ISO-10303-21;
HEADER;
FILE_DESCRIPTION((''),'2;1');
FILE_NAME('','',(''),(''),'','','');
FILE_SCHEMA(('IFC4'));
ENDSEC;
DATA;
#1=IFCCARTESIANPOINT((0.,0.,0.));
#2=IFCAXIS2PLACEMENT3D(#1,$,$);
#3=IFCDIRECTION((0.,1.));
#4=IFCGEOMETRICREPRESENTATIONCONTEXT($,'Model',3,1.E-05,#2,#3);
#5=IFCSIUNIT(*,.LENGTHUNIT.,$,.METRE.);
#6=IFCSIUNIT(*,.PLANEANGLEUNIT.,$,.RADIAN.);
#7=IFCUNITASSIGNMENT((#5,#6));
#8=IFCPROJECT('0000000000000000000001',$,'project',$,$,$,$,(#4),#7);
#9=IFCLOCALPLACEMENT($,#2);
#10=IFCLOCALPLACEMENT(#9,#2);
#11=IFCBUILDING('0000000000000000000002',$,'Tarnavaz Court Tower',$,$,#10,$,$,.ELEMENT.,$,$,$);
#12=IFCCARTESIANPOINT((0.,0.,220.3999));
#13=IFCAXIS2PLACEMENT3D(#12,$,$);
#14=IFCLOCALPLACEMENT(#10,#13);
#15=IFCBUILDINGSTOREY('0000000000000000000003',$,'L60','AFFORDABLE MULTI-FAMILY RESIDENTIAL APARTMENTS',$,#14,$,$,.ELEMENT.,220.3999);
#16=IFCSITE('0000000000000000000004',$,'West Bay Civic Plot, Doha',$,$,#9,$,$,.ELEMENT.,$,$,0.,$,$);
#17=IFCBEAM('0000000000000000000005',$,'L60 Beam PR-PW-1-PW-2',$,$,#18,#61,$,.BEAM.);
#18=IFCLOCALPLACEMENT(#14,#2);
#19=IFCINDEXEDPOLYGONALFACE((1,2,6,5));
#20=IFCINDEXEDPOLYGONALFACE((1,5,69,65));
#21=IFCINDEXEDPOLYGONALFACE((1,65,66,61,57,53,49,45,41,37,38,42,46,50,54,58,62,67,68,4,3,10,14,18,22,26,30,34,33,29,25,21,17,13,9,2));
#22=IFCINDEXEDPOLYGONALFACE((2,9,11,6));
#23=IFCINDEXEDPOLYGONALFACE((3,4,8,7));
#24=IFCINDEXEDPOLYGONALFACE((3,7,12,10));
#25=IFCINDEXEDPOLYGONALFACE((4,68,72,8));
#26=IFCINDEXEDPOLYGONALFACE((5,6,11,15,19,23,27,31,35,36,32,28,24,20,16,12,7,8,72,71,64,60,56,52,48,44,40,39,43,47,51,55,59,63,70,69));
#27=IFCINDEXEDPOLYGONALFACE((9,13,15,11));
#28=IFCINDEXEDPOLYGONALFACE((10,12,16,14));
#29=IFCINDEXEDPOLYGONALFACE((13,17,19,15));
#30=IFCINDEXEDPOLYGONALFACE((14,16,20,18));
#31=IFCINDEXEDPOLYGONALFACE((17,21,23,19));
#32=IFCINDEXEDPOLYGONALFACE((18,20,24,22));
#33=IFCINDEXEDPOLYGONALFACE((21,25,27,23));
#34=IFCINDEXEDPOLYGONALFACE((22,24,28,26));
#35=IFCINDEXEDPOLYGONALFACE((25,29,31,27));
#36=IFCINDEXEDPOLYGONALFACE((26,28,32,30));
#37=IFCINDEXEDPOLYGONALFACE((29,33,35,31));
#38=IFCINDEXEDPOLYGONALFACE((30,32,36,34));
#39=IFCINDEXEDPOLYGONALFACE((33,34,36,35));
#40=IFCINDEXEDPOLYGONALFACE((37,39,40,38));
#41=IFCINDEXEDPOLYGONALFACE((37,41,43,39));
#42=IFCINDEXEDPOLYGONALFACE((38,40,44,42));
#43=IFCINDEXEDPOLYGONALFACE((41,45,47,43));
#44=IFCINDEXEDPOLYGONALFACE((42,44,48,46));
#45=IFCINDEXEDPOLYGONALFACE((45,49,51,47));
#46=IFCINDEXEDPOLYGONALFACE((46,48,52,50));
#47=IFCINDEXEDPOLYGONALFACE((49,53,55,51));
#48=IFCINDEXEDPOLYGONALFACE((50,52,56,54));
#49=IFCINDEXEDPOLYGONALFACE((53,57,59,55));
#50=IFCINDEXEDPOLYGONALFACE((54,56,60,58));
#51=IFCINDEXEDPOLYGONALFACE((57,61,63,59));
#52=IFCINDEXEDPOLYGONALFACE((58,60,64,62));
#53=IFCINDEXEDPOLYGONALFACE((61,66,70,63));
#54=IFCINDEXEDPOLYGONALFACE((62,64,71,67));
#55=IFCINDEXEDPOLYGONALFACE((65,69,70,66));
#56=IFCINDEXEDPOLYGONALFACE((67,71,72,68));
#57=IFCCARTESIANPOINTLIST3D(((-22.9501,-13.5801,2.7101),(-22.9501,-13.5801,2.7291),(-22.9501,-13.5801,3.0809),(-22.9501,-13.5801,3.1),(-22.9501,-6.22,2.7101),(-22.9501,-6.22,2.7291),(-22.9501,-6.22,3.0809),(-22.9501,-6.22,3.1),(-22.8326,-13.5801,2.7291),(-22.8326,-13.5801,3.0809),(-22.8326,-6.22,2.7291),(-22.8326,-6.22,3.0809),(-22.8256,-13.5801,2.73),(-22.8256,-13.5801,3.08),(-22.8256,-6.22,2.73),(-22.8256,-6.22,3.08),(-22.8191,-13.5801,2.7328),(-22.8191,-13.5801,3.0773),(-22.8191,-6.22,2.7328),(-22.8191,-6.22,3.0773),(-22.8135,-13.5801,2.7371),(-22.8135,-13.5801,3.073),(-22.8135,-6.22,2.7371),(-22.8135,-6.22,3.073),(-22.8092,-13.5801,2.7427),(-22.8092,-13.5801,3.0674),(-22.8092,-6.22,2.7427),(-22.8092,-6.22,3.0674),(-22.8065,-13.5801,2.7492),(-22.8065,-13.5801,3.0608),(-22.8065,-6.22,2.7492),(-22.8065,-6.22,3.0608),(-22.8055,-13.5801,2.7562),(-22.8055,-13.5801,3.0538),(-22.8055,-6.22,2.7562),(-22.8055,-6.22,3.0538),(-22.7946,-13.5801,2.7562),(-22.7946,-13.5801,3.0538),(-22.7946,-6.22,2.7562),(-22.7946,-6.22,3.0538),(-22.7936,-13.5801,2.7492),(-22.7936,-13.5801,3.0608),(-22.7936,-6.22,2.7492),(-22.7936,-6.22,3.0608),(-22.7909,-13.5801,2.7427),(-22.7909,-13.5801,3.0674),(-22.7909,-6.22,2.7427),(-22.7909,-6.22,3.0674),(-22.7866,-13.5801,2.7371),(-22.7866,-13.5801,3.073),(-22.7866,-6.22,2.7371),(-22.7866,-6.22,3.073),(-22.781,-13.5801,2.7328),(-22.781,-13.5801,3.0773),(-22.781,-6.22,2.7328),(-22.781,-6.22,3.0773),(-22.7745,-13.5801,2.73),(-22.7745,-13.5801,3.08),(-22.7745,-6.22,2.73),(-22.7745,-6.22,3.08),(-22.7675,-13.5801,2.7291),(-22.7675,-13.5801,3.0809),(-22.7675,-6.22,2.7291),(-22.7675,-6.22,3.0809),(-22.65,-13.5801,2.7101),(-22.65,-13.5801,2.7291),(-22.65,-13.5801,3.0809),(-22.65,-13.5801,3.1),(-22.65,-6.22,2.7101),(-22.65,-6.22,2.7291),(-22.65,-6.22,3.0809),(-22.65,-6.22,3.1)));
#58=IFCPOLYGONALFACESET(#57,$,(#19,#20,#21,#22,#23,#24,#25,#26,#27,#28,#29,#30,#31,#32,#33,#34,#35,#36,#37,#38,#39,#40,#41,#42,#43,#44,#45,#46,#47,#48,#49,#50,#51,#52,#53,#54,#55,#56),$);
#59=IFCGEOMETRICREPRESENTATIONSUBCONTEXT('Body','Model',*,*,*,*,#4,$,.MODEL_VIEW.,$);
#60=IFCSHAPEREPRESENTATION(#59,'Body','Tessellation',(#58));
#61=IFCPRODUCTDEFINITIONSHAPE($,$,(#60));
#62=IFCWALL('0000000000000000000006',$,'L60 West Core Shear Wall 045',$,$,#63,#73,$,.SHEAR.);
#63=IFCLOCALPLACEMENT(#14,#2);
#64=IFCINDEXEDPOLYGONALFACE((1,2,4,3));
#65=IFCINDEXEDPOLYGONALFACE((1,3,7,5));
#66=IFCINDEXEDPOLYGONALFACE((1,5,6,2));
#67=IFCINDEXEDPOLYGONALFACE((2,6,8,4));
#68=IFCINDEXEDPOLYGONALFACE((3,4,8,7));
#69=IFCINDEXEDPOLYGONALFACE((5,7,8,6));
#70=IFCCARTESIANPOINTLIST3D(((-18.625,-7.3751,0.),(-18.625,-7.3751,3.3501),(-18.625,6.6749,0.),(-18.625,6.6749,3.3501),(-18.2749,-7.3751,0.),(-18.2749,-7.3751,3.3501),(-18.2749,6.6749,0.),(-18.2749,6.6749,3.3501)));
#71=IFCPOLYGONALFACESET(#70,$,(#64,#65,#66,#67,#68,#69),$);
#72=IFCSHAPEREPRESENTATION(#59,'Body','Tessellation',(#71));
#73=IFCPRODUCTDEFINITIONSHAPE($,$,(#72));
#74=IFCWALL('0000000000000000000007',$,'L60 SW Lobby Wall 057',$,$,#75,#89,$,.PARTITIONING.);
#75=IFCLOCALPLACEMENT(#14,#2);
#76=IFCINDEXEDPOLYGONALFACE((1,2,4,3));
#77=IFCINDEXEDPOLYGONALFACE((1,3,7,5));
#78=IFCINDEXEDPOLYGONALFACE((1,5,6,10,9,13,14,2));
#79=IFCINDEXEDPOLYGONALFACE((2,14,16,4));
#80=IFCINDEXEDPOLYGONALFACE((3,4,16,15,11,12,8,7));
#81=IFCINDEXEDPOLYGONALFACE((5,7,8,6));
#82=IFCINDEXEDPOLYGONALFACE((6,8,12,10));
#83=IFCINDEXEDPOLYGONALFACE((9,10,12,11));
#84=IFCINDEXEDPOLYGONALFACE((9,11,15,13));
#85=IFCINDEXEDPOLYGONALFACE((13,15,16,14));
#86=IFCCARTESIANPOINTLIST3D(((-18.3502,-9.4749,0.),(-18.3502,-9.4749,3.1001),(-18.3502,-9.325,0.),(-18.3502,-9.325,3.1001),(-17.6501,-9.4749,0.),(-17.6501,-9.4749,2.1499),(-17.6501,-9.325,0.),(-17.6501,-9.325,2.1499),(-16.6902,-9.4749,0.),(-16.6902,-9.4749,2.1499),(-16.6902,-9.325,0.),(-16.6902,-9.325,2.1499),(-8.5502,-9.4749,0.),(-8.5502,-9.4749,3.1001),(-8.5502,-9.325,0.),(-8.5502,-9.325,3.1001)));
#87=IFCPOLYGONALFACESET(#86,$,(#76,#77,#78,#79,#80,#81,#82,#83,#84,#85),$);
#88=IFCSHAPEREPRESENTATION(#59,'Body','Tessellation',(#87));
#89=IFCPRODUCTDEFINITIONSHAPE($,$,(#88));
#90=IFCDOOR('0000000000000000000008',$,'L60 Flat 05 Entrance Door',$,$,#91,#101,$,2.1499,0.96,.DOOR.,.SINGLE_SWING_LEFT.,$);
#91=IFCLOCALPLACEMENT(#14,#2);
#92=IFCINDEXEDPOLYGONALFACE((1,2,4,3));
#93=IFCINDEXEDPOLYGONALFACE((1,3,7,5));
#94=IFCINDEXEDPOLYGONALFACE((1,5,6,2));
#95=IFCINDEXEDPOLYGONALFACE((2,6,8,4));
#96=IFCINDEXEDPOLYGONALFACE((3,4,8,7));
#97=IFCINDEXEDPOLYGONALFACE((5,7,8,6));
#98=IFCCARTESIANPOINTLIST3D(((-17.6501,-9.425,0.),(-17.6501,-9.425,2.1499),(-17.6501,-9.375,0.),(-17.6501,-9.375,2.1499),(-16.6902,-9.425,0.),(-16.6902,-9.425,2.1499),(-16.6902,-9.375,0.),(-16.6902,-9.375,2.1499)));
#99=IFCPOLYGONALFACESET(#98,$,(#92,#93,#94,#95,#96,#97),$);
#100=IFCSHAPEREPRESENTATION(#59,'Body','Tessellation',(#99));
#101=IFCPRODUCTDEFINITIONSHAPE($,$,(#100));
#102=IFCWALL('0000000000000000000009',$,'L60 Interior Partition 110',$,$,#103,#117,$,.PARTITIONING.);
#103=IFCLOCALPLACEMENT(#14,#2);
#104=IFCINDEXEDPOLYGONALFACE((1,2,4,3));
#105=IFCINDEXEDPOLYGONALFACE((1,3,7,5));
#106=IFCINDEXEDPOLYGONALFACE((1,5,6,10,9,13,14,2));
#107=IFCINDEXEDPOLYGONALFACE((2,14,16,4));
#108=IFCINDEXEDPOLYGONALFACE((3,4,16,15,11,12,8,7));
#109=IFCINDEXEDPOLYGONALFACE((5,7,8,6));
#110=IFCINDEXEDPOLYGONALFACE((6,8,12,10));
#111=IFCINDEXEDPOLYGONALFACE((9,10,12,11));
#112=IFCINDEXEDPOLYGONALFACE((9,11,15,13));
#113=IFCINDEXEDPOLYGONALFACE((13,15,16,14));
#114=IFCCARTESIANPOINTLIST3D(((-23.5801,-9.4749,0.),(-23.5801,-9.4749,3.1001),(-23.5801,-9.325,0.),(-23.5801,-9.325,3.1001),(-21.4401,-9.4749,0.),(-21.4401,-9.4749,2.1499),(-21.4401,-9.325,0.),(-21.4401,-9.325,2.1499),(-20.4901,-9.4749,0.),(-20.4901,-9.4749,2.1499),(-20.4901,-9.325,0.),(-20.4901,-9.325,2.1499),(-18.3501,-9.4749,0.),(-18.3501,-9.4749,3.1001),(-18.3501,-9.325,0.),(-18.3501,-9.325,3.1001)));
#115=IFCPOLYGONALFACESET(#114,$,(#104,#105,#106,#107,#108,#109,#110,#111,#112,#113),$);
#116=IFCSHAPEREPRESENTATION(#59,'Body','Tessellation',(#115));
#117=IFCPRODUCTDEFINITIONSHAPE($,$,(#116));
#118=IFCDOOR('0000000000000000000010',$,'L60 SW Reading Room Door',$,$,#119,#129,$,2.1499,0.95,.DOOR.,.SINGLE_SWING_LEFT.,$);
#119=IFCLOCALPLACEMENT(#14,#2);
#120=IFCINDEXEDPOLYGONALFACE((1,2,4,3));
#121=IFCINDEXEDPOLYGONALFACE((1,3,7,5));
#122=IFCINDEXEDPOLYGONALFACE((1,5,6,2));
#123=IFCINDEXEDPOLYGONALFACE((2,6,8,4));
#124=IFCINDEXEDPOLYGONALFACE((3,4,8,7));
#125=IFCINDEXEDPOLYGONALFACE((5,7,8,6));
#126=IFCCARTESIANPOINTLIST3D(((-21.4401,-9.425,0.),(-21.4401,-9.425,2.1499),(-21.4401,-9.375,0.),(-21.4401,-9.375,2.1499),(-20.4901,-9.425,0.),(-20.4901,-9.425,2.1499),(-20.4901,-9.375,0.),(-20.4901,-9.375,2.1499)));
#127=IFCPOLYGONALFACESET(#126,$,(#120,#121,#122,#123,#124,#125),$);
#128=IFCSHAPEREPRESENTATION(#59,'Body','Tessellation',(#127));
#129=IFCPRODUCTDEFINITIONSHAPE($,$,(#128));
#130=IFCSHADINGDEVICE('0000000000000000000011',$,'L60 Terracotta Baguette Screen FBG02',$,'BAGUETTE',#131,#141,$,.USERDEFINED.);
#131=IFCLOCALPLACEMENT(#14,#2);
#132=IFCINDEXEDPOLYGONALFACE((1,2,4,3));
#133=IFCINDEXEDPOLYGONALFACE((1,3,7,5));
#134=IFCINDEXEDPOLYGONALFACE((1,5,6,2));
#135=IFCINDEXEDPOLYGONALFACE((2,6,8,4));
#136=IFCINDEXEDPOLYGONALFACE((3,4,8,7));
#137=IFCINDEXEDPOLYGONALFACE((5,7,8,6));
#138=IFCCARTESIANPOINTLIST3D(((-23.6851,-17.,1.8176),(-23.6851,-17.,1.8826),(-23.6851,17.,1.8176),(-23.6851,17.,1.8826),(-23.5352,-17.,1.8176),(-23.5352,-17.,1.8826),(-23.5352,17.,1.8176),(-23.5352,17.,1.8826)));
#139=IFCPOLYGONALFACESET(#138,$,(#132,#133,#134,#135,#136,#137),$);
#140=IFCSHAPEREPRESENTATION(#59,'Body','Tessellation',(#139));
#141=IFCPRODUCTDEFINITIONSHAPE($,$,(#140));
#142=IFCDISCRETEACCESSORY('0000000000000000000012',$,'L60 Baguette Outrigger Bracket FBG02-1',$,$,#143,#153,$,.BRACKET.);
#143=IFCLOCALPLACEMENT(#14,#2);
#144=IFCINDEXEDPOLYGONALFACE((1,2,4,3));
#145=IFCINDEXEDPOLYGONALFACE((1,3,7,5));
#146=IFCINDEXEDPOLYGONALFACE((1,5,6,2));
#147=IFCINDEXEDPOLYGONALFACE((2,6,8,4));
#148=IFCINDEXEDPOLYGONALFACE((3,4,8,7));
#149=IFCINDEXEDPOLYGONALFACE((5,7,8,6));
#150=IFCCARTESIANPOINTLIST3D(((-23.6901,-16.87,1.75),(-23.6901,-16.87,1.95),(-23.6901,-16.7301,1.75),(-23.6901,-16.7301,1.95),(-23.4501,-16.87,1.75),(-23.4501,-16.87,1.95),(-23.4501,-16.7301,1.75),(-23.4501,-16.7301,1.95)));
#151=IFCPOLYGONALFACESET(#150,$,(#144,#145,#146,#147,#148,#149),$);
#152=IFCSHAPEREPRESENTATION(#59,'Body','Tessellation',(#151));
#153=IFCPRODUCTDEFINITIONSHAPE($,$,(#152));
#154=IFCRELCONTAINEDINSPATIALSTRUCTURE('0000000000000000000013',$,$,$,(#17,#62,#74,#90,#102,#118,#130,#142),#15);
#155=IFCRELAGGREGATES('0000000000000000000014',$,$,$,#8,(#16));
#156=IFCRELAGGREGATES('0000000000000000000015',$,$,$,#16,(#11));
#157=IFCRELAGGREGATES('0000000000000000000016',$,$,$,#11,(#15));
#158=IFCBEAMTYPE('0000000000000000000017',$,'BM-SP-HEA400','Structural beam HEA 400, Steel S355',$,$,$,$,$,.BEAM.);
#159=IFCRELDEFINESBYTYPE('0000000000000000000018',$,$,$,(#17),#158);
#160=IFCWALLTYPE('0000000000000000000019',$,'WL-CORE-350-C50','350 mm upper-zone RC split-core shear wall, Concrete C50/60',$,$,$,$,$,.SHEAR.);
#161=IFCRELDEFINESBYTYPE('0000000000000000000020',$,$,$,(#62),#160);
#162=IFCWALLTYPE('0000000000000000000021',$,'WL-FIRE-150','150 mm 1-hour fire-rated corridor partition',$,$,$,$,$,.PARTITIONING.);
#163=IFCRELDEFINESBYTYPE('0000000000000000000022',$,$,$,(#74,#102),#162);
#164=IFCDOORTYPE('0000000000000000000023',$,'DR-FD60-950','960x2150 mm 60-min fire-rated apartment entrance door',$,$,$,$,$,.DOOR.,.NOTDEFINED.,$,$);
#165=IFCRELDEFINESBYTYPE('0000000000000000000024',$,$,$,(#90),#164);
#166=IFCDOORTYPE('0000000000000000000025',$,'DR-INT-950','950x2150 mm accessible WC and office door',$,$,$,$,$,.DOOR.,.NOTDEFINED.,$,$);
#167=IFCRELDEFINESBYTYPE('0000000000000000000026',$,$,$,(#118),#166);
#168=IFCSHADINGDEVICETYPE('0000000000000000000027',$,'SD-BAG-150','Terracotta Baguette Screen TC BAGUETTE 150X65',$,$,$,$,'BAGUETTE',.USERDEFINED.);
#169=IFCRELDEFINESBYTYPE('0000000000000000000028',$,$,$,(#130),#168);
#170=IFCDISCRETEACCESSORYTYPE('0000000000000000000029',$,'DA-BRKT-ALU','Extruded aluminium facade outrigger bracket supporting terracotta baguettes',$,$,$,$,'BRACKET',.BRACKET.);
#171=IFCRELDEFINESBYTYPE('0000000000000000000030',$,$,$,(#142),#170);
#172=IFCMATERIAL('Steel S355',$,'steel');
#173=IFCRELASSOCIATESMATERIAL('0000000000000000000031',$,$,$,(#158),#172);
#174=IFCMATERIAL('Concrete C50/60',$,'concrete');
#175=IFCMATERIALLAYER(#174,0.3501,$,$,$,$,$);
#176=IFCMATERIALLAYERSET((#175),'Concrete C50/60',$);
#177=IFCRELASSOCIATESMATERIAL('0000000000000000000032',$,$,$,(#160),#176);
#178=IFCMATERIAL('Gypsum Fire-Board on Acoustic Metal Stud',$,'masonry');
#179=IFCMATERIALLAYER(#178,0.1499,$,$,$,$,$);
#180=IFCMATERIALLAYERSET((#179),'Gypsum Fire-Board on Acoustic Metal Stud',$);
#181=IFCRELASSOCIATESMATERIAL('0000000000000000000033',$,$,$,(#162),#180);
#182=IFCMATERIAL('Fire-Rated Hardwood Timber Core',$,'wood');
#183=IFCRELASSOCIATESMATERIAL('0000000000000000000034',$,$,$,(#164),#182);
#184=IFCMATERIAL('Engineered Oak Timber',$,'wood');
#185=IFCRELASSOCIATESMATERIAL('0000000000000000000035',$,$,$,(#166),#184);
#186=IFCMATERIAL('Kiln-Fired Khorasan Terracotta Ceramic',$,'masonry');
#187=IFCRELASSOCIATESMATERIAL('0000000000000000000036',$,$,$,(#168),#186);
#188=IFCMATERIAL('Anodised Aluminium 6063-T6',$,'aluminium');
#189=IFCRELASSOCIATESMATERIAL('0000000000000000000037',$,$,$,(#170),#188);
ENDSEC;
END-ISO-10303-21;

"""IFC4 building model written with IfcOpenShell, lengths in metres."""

from ifc_helpers import new_model, si_unit, direction, frame, frame_2d, origin, origin_2d, place, context, subcontext, project, spatial, rectangle, i_section, extrude, material, layer, layer_set, material_profile, profile_set, type_object, element, fill, save


model = new_model("IFC4")

# Units and contexts
model_context = context("Model", 3, precision=1e-05, world=origin(), true_north=direction((0.0, 1.0)))
body_context = subcontext(model_context, "Body", "Model", "MODEL_VIEW")
ifc_project = project(units=[si_unit("LENGTHUNIT", "METRE"), si_unit("PLANEANGLEUNIT", "RADIAN")], contexts=[model_context])

# Site, building, storey
site_placement = place(None, origin())
site = spatial("IfcSite", under=ifc_project, at=site_placement, Name="West Bay Civic Plot, Doha", CompositionType="ELEMENT", RefElevation=0.0)
building_placement = place(site_placement, origin())
building = spatial("IfcBuilding", under=site, at=building_placement, Name="Tarnavaz Court Tower", CompositionType="ELEMENT")
storey_placement = place(building_placement, frame((0.0, 0.0, 220.3999)))
storey = spatial("IfcBuildingStorey", under=building, at=storey_placement, Name="L60", Description="AFFORDABLE MULTI-FAMILY RESIDENTIAL APARTMENTS", CompositionType="ELEMENT", Elevation=220.3999)

# Shared definitions
ifc_material_1 = material(Name="Concrete C50/60", Category="concrete")

# Beam
ifc_material_2 = material(Name="Steel S355", Category="steel")
ifc_material_profile_1 = material_profile(ifc_material_2, i_section(OverallWidth=0.3, OverallDepth=0.3899, WebThickness=0.011, FlangeThickness=0.019, FilletRadius=0.0271, at=origin_2d()), Name="HEA 400")
ifc_profile_set_1 = profile_set([ifc_material_profile_1], Name="Steel S355")
beam_type_1 = type_object("IfcBeamType", Name="BM-SP-HEA400", Description="Structural beam HEA 400, Steel S355", PredefinedType="BEAM", material=ifc_profile_set_1)
beam_1_placement = place(storey_placement, frame((-22.8, -13.5801, 2.905), z_axis=(0.0, 1.0, 0.0), x_axis=(-1.0, 0.0, 0.0)))
element("IfcBeam", 1, at=beam_1_placement, inside=storey, type_object=beam_type_1, Name="L60 Beam PR-PW-1-PW-2", PredefinedType="BEAM", context=body_context, shape_type="SweptSolid", body=[
    extrude(i_section(OverallWidth=0.3, OverallDepth=0.3899, WebThickness=0.011, FlangeThickness=0.019, FilletRadius=0.0271, at=origin_2d()), origin(), (0.0, 0.0, 1.0), 7.3601),
])

# Wall
ifc_layer_1 = layer(ifc_material_1, 0.3501)
ifc_layer_set_1 = layer_set([ifc_layer_1], Name="Concrete C50/60")
wall_type_1 = type_object("IfcWallType", Name="WL-CORE-350-C50", Description="350 mm upper-zone RC split-core shear wall, Concrete C50/60", PredefinedType="SHEAR", material=ifc_layer_set_1)
wall_1_placement = place(storey_placement, frame((-18.45, -7.375, 0.0), z_axis=(0.0, 0.0, 1.0), x_axis=(0.0, 1.0, 0.0)))
element("IfcWall", 2, at=wall_1_placement, inside=storey, type_object=wall_type_1, Name="L60 West Core Shear Wall 045", PredefinedType="SHEAR", context=body_context, shape_type="SweptSolid", body=[
    extrude(rectangle(XDim=14.05, YDim=0.3501, at=frame_2d((7.0249, 0.0))), origin(), (0.0, 0.0, 1.0), 3.3501),
])

# Walls, openings, doors
ifc_material_3 = material(Name="Gypsum Fire-Board on Acoustic Metal Stud", Category="masonry")
ifc_layer_2 = layer(ifc_material_3, 0.1499)
ifc_layer_set_2 = layer_set([ifc_layer_2], Name="Gypsum Fire-Board on Acoustic Metal Stud")
wall_type_2 = type_object("IfcWallType", Name="WL-FIRE-150", Description="150 mm 1-hour fire-rated corridor partition", PredefinedType="PARTITIONING", material=ifc_layer_set_2)
wall_2_placement = place(storey_placement, frame((-18.3501, -9.3999, 0.0), z_axis=(0.0, 0.0, 1.0), x_axis=(1.0, 0.0, 0.0)))
wall_2 = element("IfcWall", 3, at=wall_2_placement, inside=storey, type_object=wall_type_2, Name="L60 SW Lobby Wall 057", PredefinedType="PARTITIONING", context=body_context, shape_type="SweptSolid", body=[
    extrude(rectangle(XDim=9.8, YDim=0.1499, at=frame_2d((4.8999, 0.0))), origin(), (0.0, 0.0, 1.0), 3.1001),
])
opening_1_placement = place(wall_2_placement, frame((0.7, 0.0, 0.0)))
opening_1 = element("IfcOpeningElement", 4, at=opening_1_placement, cuts=wall_2, PredefinedType="OPENING", context=body_context, shape_type="SweptSolid", body=[
    extrude(rectangle(XDim=0.96, YDim=2.1499, at=frame_2d((0.48, 1.075))), frame((0.0, 0.085, 0.0), z_axis=(0.0, -1.0, 0.0), x_axis=(1.0, 0.0, 0.0)), (0.0, 0.0, 1.0), 0.1699),
])
ifc_material_4 = material(Name="Fire-Rated Hardwood Timber Core", Category="wood")
door_type_1 = type_object("IfcDoorType", Name="DR-FD60-950", Description="960x2150 mm 60-min fire-rated apartment entrance door", OperationType="NOTDEFINED", PredefinedType="DOOR", material=ifc_material_4)
door_1_placement = place(opening_1_placement, origin())
door_1 = element("IfcDoor", 5, at=door_1_placement, inside=storey, type_object=door_type_1, Name="L60 Flat 05 Entrance Door", OperationType="SINGLE_SWING_LEFT", OverallHeight=2.1499, OverallWidth=0.96, PredefinedType="DOOR", context=body_context, shape_type="SweptSolid", body=[
    extrude(rectangle(XDim=0.96, YDim=2.1499, at=frame_2d((0.48, 1.075))), frame((0.0, 0.0249, 0.0), z_axis=(0.0, -1.0, 0.0), x_axis=(1.0, 0.0, 0.0)), (0.0, 0.0, 1.0), 0.05),
])
fill(opening_1, door_1)
wall_3_placement = place(storey_placement, frame((-23.5801, -9.3999, 0.0), z_axis=(0.0, 0.0, 1.0), x_axis=(1.0, 0.0, 0.0)))
wall_3 = element("IfcWall", 6, at=wall_3_placement, inside=storey, type_object=wall_type_2, Name="L60 Interior Partition 110", PredefinedType="PARTITIONING", context=body_context, shape_type="SweptSolid", body=[
    extrude(rectangle(XDim=5.23, YDim=0.1499, at=frame_2d((2.615, 0.0))), origin(), (0.0, 0.0, 1.0), 3.1001),
])
opening_2_placement = place(wall_3_placement, frame((2.1399, 0.0, 0.0)))
opening_2 = element("IfcOpeningElement", 7, at=opening_2_placement, cuts=wall_3, PredefinedType="OPENING", context=body_context, shape_type="SweptSolid", body=[
    extrude(rectangle(XDim=0.95, YDim=2.1499, at=frame_2d((0.4751, 1.075))), frame((0.0, 0.085, 0.0), z_axis=(0.0, -1.0, 0.0), x_axis=(1.0, 0.0, 0.0)), (0.0, 0.0, 1.0), 0.1699),
])
ifc_material_5 = material(Name="Engineered Oak Timber", Category="wood")
door_type_2 = type_object("IfcDoorType", Name="DR-INT-950", Description="950x2150 mm accessible WC and office door", OperationType="NOTDEFINED", PredefinedType="DOOR", material=ifc_material_5)
door_2_placement = place(opening_2_placement, origin())
door_2 = element("IfcDoor", 8, at=door_2_placement, inside=storey, type_object=door_type_2, Name="L60 SW Reading Room Door", OperationType="SINGLE_SWING_LEFT", OverallHeight=2.1499, OverallWidth=0.95, PredefinedType="DOOR", context=body_context, shape_type="SweptSolid", body=[
    extrude(rectangle(XDim=0.95, YDim=2.1499, at=frame_2d((0.4751, 1.075))), frame((0.0, 0.0249, 0.0), z_axis=(0.0, -1.0, 0.0), x_axis=(1.0, 0.0, 0.0)), (0.0, 0.0, 1.0), 0.05),
])
fill(opening_2, door_2)

# Shading device
ifc_material_6 = material(Name="Kiln-Fired Khorasan Terracotta Ceramic", Category="masonry")
ifc_material_profile_2 = material_profile(ifc_material_6, rectangle(XDim=0.1499, YDim=0.0649, at=origin_2d()), Name="TC BAGUETTE 150X65")
ifc_profile_set_2 = profile_set([ifc_material_profile_2], Name="Kiln-Fired Khorasan Terracotta Ceramic")
shading_device_type = type_object("IfcShadingDeviceType", Name="SD-BAG-150", Description="Terracotta Baguette Screen TC BAGUETTE 150X65", ElementType="BAGUETTE", PredefinedType="USERDEFINED", material=ifc_profile_set_2)
shading_device_placement = place(storey_placement, frame((-23.6101, -17.0, 1.8501), z_axis=(0.0, 1.0, 0.0), x_axis=(-1.0, 0.0, 0.0)))
element("IfcShadingDevice", 9, at=shading_device_placement, inside=storey, type_object=shading_device_type, Name="L60 Terracotta Baguette Screen FBG02", ObjectType="BAGUETTE", PredefinedType="USERDEFINED", context=body_context, shape_type="SweptSolid", body=[
    extrude(rectangle(XDim=0.1499, YDim=0.0649, at=origin_2d()), origin(), (0.0, 0.0, 1.0), 34.0),
])

# Discrete accessory
ifc_material_7 = material(Name="Anodised Aluminium 6063-T6", Category="aluminium")
discrete_accessory_type = type_object("IfcDiscreteAccessoryType", Name="DA-BRKT-ALU", Description="Extruded aluminium facade outrigger bracket supporting terracotta baguettes", ElementType="BRACKET", PredefinedType="BRACKET", material=ifc_material_7)
discrete_accessory_placement = place(storey_placement, frame((-23.5701, -16.8, 1.75), z_axis=(0.0, 0.0, 1.0), x_axis=(0.0, 1.0, 0.0)))
element("IfcDiscreteAccessory", 10, at=discrete_accessory_placement, inside=storey, type_object=discrete_accessory_type, Name="L60 Baguette Outrigger Bracket FBG02-1", PredefinedType="BRACKET", context=body_context, shape_type="SweptSolid", body=[
    extrude(rectangle(XDim=0.1399, YDim=0.24, at=origin_2d()), origin(), (0.0, 0.0, 1.0), 0.2),
])

save(model, "model.ifc")
